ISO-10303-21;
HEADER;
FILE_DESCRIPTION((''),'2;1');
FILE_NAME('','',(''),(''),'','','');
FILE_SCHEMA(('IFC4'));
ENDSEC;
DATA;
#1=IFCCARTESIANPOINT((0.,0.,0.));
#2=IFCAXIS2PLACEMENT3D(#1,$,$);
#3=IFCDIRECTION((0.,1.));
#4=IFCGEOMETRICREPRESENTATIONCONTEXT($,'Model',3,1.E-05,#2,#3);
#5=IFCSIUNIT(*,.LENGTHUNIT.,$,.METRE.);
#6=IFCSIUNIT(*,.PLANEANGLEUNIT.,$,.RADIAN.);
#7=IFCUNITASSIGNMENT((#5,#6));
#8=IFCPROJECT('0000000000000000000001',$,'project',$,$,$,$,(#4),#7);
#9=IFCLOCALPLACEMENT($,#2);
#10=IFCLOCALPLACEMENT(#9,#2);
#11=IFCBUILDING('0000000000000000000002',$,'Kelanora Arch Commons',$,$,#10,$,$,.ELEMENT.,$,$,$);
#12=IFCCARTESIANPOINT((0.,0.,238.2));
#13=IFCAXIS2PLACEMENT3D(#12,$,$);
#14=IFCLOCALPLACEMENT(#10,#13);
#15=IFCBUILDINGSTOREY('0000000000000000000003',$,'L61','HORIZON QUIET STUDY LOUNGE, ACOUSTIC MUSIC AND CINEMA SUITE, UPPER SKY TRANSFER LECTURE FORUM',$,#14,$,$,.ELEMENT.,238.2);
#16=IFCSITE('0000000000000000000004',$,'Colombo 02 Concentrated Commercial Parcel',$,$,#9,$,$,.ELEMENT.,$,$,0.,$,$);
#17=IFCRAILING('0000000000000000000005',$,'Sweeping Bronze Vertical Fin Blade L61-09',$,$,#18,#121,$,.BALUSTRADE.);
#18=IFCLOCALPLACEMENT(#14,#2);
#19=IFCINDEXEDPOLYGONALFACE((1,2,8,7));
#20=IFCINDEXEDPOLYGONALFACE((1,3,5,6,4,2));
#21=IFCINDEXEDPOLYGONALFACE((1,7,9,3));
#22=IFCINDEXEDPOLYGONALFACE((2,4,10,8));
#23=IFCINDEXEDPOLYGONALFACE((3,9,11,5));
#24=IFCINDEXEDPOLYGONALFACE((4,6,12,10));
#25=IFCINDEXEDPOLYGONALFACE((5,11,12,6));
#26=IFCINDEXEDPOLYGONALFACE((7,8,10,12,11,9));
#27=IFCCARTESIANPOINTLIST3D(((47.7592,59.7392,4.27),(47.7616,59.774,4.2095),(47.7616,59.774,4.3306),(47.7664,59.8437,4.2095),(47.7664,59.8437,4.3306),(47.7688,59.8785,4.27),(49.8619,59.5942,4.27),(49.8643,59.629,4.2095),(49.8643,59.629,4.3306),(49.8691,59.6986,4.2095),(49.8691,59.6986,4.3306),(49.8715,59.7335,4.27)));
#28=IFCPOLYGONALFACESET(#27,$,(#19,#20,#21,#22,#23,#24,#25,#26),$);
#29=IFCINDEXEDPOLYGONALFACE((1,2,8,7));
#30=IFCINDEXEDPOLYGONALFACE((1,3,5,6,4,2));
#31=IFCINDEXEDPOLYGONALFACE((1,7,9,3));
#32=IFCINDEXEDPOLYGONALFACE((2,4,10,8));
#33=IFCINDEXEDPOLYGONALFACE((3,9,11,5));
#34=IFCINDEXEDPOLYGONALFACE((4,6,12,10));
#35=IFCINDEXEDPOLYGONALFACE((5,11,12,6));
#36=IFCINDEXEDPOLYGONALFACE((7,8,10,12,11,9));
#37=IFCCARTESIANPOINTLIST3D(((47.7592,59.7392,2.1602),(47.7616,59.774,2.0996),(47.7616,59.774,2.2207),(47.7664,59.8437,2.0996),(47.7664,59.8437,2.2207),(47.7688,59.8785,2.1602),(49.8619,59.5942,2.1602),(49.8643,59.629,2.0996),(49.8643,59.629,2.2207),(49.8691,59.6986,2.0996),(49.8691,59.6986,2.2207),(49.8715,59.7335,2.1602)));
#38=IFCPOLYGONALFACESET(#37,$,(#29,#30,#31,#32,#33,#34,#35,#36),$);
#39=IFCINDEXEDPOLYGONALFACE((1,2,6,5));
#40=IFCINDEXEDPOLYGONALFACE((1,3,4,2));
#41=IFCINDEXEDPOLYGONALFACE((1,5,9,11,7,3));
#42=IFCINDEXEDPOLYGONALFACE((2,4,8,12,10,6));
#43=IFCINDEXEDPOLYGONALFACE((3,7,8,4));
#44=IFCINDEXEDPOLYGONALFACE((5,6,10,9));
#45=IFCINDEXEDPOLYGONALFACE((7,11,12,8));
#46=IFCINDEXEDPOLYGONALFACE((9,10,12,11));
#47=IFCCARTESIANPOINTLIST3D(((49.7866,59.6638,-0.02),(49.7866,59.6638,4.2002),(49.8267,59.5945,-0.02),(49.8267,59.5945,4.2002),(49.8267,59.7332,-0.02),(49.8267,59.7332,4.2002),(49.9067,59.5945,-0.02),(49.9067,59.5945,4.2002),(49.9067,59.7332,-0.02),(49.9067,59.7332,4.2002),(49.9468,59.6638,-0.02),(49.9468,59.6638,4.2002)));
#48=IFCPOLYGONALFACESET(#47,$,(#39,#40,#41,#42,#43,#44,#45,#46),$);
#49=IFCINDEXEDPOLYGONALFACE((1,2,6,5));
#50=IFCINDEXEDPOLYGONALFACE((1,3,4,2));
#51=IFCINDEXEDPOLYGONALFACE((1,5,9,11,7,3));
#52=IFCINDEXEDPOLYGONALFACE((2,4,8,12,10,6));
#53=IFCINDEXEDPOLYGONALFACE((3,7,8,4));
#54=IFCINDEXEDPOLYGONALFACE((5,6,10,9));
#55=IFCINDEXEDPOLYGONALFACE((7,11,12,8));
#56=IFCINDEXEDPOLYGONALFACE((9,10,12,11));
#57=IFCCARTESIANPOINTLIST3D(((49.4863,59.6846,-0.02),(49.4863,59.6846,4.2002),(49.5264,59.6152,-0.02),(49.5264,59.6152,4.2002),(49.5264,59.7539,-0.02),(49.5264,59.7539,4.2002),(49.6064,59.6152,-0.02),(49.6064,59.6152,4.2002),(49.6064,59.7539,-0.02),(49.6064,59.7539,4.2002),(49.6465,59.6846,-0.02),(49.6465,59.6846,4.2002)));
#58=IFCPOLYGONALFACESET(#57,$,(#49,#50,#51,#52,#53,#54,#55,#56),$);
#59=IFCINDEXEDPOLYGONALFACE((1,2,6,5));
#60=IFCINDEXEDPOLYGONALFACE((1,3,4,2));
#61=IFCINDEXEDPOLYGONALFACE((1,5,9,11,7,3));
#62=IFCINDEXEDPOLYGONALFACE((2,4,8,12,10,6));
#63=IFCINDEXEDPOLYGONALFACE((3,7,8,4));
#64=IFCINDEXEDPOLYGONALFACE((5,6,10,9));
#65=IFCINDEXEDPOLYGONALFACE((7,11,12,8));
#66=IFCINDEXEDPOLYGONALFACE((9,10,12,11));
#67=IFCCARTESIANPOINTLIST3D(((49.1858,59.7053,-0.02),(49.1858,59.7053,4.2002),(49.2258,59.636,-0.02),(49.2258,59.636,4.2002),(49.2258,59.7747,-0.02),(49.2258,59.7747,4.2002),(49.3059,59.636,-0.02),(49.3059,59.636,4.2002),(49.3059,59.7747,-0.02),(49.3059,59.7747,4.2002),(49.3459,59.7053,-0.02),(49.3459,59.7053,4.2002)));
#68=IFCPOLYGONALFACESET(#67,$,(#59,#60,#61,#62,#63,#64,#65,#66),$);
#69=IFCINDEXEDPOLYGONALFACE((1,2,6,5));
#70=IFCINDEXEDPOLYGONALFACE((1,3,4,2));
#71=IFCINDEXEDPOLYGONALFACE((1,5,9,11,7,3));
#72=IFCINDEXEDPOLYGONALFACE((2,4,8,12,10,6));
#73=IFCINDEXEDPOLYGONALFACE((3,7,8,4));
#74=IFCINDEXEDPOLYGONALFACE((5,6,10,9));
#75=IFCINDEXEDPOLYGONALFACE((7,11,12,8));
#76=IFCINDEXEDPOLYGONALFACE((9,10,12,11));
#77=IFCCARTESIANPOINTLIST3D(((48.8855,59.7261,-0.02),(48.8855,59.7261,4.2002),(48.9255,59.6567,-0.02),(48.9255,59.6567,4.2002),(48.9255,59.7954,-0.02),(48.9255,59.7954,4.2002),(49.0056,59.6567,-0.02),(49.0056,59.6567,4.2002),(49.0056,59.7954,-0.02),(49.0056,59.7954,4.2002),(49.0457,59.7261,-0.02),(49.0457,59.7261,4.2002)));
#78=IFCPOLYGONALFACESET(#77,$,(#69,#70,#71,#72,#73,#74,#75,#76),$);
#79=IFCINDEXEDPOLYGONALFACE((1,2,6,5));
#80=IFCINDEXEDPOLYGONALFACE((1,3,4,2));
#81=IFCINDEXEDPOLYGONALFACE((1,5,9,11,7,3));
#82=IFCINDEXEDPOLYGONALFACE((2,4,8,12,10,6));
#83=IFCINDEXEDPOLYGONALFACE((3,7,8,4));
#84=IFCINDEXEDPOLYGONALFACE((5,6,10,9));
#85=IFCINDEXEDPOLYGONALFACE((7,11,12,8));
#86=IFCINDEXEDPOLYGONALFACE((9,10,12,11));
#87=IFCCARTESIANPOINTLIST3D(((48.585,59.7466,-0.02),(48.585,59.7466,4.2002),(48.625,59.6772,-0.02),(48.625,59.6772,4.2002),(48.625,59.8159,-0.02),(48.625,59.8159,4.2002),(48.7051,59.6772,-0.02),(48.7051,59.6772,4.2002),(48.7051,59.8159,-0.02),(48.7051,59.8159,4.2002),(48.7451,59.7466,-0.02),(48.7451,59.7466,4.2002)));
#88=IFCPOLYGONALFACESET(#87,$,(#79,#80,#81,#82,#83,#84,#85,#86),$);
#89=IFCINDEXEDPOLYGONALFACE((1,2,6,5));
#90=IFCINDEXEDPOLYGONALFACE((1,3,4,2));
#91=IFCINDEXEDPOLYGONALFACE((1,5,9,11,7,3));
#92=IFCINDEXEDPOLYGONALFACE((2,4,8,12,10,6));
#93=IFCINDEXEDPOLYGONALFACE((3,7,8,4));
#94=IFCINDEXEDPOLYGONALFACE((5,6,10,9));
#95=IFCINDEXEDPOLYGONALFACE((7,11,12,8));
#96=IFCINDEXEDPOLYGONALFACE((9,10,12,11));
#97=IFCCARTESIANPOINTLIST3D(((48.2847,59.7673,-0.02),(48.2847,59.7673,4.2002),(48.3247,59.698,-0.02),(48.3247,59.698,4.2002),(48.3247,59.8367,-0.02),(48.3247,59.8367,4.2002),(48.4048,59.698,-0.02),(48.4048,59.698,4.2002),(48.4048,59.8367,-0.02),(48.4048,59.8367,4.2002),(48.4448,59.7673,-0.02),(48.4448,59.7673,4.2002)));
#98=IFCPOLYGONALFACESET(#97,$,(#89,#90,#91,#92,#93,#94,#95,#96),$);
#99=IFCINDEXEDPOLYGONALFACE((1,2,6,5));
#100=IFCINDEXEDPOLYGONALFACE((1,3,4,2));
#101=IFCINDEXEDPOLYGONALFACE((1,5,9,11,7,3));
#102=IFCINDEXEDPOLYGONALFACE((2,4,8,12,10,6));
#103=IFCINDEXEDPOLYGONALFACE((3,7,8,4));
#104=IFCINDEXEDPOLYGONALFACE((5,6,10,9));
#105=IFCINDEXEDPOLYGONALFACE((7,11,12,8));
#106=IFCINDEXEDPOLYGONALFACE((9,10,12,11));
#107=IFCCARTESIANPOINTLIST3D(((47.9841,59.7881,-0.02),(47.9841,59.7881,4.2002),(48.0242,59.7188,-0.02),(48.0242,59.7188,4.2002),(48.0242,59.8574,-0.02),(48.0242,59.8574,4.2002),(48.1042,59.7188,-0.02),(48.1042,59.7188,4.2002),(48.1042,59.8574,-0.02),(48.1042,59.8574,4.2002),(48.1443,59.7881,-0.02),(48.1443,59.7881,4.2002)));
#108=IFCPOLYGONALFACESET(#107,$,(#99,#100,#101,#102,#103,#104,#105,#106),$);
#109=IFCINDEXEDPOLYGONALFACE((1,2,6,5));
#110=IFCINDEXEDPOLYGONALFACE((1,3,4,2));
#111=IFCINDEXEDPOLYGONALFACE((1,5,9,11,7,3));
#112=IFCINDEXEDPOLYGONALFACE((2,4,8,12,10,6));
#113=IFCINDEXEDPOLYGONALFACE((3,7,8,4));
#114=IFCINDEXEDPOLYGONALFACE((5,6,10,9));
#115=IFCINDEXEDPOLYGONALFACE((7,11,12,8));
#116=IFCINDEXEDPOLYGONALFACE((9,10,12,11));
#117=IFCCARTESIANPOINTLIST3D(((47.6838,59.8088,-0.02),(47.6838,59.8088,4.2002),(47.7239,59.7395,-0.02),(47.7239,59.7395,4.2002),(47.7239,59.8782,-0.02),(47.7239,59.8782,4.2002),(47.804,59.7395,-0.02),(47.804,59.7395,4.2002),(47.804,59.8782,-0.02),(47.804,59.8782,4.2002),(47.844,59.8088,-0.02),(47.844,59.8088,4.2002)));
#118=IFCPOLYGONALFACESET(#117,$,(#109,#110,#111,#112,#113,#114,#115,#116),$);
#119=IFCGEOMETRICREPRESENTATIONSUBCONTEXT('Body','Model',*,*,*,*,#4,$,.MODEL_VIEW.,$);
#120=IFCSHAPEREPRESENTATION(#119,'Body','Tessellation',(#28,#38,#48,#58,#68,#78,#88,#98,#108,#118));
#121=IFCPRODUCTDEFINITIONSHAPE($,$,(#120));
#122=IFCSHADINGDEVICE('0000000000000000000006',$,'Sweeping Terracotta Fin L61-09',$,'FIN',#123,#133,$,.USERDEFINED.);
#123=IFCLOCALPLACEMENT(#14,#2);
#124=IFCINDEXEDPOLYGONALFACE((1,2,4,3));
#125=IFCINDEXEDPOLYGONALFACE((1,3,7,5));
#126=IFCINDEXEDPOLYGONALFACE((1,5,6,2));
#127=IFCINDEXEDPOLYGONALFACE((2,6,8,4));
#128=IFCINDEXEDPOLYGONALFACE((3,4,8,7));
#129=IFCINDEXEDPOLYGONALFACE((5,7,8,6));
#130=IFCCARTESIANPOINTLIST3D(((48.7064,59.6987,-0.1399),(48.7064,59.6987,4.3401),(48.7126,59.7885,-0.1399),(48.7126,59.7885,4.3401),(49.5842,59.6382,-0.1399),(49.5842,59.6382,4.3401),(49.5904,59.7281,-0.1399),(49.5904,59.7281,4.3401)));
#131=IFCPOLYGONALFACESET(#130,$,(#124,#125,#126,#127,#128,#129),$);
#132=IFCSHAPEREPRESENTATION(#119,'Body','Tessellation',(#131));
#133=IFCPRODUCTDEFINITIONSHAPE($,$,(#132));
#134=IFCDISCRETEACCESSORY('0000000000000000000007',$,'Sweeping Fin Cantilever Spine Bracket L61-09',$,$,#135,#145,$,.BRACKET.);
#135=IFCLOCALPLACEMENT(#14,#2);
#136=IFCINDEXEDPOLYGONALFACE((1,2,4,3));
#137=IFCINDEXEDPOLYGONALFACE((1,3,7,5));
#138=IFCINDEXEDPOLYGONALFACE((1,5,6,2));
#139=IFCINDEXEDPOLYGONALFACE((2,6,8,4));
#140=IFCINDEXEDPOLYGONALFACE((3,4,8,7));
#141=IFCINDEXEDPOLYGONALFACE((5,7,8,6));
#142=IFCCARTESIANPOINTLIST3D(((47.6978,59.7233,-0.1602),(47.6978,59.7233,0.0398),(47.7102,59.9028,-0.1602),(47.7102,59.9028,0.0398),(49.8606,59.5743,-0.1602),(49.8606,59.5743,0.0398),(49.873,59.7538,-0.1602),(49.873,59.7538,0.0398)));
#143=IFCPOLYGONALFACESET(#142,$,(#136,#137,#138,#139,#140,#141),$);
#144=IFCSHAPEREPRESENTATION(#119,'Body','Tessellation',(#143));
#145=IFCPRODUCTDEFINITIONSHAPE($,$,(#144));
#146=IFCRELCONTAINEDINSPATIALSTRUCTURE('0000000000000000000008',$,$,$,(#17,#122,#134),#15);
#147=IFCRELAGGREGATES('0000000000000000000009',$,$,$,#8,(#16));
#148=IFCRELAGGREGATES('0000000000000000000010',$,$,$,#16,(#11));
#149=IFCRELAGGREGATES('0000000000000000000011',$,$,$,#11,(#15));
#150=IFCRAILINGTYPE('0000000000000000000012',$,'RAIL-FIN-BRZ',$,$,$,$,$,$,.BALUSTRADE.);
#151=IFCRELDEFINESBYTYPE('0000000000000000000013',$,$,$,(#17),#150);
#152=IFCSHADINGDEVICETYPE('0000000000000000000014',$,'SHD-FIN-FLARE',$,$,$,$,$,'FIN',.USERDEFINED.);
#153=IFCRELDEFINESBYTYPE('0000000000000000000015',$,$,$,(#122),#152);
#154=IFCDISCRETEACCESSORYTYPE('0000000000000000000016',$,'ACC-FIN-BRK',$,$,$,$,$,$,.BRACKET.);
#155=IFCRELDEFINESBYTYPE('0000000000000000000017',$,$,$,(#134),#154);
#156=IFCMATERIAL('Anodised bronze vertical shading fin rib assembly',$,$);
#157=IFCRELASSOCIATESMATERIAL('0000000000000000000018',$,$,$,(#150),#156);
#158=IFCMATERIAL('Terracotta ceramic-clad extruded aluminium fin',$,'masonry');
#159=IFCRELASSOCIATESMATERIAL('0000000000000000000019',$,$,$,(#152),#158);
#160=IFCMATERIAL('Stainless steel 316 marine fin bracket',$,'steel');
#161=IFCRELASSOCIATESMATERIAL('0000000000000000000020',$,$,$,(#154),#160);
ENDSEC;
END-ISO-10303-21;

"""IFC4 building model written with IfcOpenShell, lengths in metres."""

from ifc_helpers import new_model, si_unit, direction, frame, origin, origin_2d, place, context, subcontext, project, spatial, polyline, rectangle, outline, extrude, source, transform, mapped, material, type_object, element, save


model = new_model("IFC4")

# Units and contexts
model_context = context("Model", 3, precision=1e-05, world=origin(), true_north=direction((0.0, 1.0)))
body_context = subcontext(model_context, "Body", "Model", "MODEL_VIEW")
ifc_project = project(units=[si_unit("LENGTHUNIT", "METRE"), si_unit("PLANEANGLEUNIT", "RADIAN")], contexts=[model_context])

# Site, building, storey
site_placement = place(None, origin())
site = spatial("IfcSite", under=ifc_project, at=site_placement, Name="Colombo 02 Concentrated Commercial Parcel", CompositionType="ELEMENT", RefElevation=0.0)
building_placement = place(site_placement, origin())
building = spatial("IfcBuilding", under=site, at=building_placement, Name="Kelanora Arch Commons", CompositionType="ELEMENT")
storey_placement = place(building_placement, frame((0.0, 0.0, 238.2)))
storey = spatial("IfcBuildingStorey", under=building, at=storey_placement, Name="L61", Description="HORIZON QUIET STUDY LOUNGE, ACOUSTIC MUSIC AND CINEMA SUITE, UPPER SKY TRANSFER LECTURE FORUM", CompositionType="ELEMENT", Elevation=238.2)

# Railing
ifc_material_1 = material(Name="Anodised bronze vertical shading fin rib assembly")
railing_type = type_object("IfcRailingType", Name="RAIL-FIN-BRZ", PredefinedType="BALUSTRADE", material=ifc_material_1)
railing_placement = place(storey_placement, frame((49.8667, 59.6638, -0.02)))
element("IfcRailing", 1, at=railing_placement, inside=storey, type_object=railing_type, Name="Sweeping Bronze Vertical Fin Blade L61-09", PredefinedType="BALUSTRADE", context=body_context, shape_type="SweptSolid", body=[
    extrude(outline(polyline([(0.0698, 0.0), (0.0349, 0.0605), (-0.0349, 0.0605), (-0.0698, 0.0), (-0.0349, -0.0605), (0.0349, -0.0605), (0.0698, 0.0)])), frame((0.0, 0.0, 4.29), z_axis=(-0.99763, 0.068802, 0.0), x_axis=(-0.068802, -0.99763, 0.0)), (0.0, 0.0, 1.0), 2.1077),
    extrude(outline(polyline([(0.0698, 0.0), (0.0349, 0.0605), (-0.0349, 0.0605), (-0.0698, 0.0), (-0.0349, -0.0605), (0.0349, -0.0605), (0.0698, 0.0)])), frame((0.0, 0.0, 2.1802), z_axis=(-0.99763, 0.068802, 0.0), x_axis=(-0.068802, -0.99763, 0.0)), (0.0, 0.0, 1.0), 2.1077),
    extrude(outline(polyline([(0.0801, 0.0), (0.04, 0.0693), (-0.04, 0.0693), (-0.0801, 0.0), (-0.04, -0.0693), (0.04, -0.0693), (0.0801, 0.0)])), origin(), (0.0, 0.0, 1.0), 4.2202),
    extrude(outline(polyline([(0.0801, 0.0), (0.04, 0.0693), (-0.04, 0.0693), (-0.0801, 0.0), (-0.04, -0.0693), (0.04, -0.0693), (0.0801, 0.0)])), frame((-0.3003, 0.0208, 0.0)), (0.0, 0.0, 1.0), 4.2202),
    extrude(outline(polyline([(0.0801, 0.0), (0.04, 0.0693), (-0.04, 0.0693), (-0.0801, 0.0), (-0.04, -0.0693), (0.04, -0.0693), (0.0801, 0.0)])), frame((-0.6008, 0.0415, 0.0)), (0.0, 0.0, 1.0), 4.2202),
    extrude(outline(polyline([(0.0801, 0.0), (0.04, 0.0693), (-0.04, 0.0693), (-0.0801, 0.0), (-0.04, -0.0693), (0.04, -0.0693), (0.0801, 0.0)])), frame((-0.9011, 0.0623, 0.0)), (0.0, 0.0, 1.0), 4.2202),
    extrude(outline(polyline([(0.0801, 0.0), (0.04, 0.0693), (-0.04, 0.0693), (-0.0801, 0.0), (-0.04, -0.0693), (0.04, -0.0693), (0.0801, 0.0)])), frame((-1.2017, 0.0828, 0.0)), (0.0, 0.0, 1.0), 4.2202),
    extrude(outline(polyline([(0.0801, 0.0), (0.04, 0.0693), (-0.04, 0.0693), (-0.0801, 0.0), (-0.04, -0.0693), (0.04, -0.0693), (0.0801, 0.0)])), frame((-1.502, 0.1035, 0.0)), (0.0, 0.0, 1.0), 4.2202),
    extrude(outline(polyline([(0.0801, 0.0), (0.04, 0.0693), (-0.04, 0.0693), (-0.0801, 0.0), (-0.04, -0.0693), (0.04, -0.0693), (0.0801, 0.0)])), frame((-1.8025, 0.1243, 0.0)), (0.0, 0.0, 1.0), 4.2202),
    extrude(outline(polyline([(0.0801, 0.0), (0.04, 0.0693), (-0.04, 0.0693), (-0.0801, 0.0), (-0.04, -0.0693), (0.04, -0.0693), (0.0801, 0.0)])), frame((-2.1028, 0.145, 0.0)), (0.0, 0.0, 1.0), 4.2202),
])

# Shading device
ifc_material_2 = material(Name="Terracotta ceramic-clad extruded aluminium fin", Category="masonry")
shading_device_type = type_object("IfcShadingDeviceType", Name="SHD-FIN-FLARE", ElementType="FIN", PredefinedType="USERDEFINED", material=ifc_material_2)
shared_shape_1 = source(origin(), body_context, "Body", "SweptSolid", [
    extrude(rectangle(XDim=0.8799, YDim=0.0901, at=origin_2d()), origin(), (0.0, 0.0, 1.0), 4.48),
])
shading_device_placement = place(storey_placement, frame((49.1484, 59.7134, -0.1399), z_axis=(0.0, 0.0, 1.0), x_axis=(-0.997637, 0.068712, 0.0)))
element("IfcShadingDevice", 2, at=shading_device_placement, inside=storey, type_object=shading_device_type, Name="Sweeping Terracotta Fin L61-09", ObjectType="FIN", PredefinedType="USERDEFINED", context=body_context, shape_type="MappedRepresentation", body=[
    mapped(shared_shape_1, transform((0.0, 0.0, 0.0), scale=1.0)),
])

# Discrete accessory
ifc_material_3 = material(Name="Stainless steel 316 marine fin bracket", Category="steel")
discrete_accessory_type = type_object("IfcDiscreteAccessoryType", Name="ACC-FIN-BRK", PredefinedType="BRACKET", material=ifc_material_3)
shared_shape_2 = source(origin(), body_context, "Body", "SweptSolid", [
    extrude(rectangle(XDim=2.168, YDim=0.1799, at=origin_2d()), origin(), (0.0, 0.0, 1.0), 0.2),
])
discrete_accessory_placement = place(storey_placement, frame((48.7854, 59.7385, -0.1602), z_axis=(0.0, 0.0, 1.0), x_axis=(-0.997637, 0.068712, 0.0)))
element("IfcDiscreteAccessory", 3, at=discrete_accessory_placement, inside=storey, type_object=discrete_accessory_type, Name="Sweeping Fin Cantilever Spine Bracket L61-09", PredefinedType="BRACKET", context=body_context, shape_type="MappedRepresentation", body=[
    mapped(shared_shape_2, transform((0.0, 0.0, 0.0), scale=1.0)),
])

save(model, "model.ifc")
